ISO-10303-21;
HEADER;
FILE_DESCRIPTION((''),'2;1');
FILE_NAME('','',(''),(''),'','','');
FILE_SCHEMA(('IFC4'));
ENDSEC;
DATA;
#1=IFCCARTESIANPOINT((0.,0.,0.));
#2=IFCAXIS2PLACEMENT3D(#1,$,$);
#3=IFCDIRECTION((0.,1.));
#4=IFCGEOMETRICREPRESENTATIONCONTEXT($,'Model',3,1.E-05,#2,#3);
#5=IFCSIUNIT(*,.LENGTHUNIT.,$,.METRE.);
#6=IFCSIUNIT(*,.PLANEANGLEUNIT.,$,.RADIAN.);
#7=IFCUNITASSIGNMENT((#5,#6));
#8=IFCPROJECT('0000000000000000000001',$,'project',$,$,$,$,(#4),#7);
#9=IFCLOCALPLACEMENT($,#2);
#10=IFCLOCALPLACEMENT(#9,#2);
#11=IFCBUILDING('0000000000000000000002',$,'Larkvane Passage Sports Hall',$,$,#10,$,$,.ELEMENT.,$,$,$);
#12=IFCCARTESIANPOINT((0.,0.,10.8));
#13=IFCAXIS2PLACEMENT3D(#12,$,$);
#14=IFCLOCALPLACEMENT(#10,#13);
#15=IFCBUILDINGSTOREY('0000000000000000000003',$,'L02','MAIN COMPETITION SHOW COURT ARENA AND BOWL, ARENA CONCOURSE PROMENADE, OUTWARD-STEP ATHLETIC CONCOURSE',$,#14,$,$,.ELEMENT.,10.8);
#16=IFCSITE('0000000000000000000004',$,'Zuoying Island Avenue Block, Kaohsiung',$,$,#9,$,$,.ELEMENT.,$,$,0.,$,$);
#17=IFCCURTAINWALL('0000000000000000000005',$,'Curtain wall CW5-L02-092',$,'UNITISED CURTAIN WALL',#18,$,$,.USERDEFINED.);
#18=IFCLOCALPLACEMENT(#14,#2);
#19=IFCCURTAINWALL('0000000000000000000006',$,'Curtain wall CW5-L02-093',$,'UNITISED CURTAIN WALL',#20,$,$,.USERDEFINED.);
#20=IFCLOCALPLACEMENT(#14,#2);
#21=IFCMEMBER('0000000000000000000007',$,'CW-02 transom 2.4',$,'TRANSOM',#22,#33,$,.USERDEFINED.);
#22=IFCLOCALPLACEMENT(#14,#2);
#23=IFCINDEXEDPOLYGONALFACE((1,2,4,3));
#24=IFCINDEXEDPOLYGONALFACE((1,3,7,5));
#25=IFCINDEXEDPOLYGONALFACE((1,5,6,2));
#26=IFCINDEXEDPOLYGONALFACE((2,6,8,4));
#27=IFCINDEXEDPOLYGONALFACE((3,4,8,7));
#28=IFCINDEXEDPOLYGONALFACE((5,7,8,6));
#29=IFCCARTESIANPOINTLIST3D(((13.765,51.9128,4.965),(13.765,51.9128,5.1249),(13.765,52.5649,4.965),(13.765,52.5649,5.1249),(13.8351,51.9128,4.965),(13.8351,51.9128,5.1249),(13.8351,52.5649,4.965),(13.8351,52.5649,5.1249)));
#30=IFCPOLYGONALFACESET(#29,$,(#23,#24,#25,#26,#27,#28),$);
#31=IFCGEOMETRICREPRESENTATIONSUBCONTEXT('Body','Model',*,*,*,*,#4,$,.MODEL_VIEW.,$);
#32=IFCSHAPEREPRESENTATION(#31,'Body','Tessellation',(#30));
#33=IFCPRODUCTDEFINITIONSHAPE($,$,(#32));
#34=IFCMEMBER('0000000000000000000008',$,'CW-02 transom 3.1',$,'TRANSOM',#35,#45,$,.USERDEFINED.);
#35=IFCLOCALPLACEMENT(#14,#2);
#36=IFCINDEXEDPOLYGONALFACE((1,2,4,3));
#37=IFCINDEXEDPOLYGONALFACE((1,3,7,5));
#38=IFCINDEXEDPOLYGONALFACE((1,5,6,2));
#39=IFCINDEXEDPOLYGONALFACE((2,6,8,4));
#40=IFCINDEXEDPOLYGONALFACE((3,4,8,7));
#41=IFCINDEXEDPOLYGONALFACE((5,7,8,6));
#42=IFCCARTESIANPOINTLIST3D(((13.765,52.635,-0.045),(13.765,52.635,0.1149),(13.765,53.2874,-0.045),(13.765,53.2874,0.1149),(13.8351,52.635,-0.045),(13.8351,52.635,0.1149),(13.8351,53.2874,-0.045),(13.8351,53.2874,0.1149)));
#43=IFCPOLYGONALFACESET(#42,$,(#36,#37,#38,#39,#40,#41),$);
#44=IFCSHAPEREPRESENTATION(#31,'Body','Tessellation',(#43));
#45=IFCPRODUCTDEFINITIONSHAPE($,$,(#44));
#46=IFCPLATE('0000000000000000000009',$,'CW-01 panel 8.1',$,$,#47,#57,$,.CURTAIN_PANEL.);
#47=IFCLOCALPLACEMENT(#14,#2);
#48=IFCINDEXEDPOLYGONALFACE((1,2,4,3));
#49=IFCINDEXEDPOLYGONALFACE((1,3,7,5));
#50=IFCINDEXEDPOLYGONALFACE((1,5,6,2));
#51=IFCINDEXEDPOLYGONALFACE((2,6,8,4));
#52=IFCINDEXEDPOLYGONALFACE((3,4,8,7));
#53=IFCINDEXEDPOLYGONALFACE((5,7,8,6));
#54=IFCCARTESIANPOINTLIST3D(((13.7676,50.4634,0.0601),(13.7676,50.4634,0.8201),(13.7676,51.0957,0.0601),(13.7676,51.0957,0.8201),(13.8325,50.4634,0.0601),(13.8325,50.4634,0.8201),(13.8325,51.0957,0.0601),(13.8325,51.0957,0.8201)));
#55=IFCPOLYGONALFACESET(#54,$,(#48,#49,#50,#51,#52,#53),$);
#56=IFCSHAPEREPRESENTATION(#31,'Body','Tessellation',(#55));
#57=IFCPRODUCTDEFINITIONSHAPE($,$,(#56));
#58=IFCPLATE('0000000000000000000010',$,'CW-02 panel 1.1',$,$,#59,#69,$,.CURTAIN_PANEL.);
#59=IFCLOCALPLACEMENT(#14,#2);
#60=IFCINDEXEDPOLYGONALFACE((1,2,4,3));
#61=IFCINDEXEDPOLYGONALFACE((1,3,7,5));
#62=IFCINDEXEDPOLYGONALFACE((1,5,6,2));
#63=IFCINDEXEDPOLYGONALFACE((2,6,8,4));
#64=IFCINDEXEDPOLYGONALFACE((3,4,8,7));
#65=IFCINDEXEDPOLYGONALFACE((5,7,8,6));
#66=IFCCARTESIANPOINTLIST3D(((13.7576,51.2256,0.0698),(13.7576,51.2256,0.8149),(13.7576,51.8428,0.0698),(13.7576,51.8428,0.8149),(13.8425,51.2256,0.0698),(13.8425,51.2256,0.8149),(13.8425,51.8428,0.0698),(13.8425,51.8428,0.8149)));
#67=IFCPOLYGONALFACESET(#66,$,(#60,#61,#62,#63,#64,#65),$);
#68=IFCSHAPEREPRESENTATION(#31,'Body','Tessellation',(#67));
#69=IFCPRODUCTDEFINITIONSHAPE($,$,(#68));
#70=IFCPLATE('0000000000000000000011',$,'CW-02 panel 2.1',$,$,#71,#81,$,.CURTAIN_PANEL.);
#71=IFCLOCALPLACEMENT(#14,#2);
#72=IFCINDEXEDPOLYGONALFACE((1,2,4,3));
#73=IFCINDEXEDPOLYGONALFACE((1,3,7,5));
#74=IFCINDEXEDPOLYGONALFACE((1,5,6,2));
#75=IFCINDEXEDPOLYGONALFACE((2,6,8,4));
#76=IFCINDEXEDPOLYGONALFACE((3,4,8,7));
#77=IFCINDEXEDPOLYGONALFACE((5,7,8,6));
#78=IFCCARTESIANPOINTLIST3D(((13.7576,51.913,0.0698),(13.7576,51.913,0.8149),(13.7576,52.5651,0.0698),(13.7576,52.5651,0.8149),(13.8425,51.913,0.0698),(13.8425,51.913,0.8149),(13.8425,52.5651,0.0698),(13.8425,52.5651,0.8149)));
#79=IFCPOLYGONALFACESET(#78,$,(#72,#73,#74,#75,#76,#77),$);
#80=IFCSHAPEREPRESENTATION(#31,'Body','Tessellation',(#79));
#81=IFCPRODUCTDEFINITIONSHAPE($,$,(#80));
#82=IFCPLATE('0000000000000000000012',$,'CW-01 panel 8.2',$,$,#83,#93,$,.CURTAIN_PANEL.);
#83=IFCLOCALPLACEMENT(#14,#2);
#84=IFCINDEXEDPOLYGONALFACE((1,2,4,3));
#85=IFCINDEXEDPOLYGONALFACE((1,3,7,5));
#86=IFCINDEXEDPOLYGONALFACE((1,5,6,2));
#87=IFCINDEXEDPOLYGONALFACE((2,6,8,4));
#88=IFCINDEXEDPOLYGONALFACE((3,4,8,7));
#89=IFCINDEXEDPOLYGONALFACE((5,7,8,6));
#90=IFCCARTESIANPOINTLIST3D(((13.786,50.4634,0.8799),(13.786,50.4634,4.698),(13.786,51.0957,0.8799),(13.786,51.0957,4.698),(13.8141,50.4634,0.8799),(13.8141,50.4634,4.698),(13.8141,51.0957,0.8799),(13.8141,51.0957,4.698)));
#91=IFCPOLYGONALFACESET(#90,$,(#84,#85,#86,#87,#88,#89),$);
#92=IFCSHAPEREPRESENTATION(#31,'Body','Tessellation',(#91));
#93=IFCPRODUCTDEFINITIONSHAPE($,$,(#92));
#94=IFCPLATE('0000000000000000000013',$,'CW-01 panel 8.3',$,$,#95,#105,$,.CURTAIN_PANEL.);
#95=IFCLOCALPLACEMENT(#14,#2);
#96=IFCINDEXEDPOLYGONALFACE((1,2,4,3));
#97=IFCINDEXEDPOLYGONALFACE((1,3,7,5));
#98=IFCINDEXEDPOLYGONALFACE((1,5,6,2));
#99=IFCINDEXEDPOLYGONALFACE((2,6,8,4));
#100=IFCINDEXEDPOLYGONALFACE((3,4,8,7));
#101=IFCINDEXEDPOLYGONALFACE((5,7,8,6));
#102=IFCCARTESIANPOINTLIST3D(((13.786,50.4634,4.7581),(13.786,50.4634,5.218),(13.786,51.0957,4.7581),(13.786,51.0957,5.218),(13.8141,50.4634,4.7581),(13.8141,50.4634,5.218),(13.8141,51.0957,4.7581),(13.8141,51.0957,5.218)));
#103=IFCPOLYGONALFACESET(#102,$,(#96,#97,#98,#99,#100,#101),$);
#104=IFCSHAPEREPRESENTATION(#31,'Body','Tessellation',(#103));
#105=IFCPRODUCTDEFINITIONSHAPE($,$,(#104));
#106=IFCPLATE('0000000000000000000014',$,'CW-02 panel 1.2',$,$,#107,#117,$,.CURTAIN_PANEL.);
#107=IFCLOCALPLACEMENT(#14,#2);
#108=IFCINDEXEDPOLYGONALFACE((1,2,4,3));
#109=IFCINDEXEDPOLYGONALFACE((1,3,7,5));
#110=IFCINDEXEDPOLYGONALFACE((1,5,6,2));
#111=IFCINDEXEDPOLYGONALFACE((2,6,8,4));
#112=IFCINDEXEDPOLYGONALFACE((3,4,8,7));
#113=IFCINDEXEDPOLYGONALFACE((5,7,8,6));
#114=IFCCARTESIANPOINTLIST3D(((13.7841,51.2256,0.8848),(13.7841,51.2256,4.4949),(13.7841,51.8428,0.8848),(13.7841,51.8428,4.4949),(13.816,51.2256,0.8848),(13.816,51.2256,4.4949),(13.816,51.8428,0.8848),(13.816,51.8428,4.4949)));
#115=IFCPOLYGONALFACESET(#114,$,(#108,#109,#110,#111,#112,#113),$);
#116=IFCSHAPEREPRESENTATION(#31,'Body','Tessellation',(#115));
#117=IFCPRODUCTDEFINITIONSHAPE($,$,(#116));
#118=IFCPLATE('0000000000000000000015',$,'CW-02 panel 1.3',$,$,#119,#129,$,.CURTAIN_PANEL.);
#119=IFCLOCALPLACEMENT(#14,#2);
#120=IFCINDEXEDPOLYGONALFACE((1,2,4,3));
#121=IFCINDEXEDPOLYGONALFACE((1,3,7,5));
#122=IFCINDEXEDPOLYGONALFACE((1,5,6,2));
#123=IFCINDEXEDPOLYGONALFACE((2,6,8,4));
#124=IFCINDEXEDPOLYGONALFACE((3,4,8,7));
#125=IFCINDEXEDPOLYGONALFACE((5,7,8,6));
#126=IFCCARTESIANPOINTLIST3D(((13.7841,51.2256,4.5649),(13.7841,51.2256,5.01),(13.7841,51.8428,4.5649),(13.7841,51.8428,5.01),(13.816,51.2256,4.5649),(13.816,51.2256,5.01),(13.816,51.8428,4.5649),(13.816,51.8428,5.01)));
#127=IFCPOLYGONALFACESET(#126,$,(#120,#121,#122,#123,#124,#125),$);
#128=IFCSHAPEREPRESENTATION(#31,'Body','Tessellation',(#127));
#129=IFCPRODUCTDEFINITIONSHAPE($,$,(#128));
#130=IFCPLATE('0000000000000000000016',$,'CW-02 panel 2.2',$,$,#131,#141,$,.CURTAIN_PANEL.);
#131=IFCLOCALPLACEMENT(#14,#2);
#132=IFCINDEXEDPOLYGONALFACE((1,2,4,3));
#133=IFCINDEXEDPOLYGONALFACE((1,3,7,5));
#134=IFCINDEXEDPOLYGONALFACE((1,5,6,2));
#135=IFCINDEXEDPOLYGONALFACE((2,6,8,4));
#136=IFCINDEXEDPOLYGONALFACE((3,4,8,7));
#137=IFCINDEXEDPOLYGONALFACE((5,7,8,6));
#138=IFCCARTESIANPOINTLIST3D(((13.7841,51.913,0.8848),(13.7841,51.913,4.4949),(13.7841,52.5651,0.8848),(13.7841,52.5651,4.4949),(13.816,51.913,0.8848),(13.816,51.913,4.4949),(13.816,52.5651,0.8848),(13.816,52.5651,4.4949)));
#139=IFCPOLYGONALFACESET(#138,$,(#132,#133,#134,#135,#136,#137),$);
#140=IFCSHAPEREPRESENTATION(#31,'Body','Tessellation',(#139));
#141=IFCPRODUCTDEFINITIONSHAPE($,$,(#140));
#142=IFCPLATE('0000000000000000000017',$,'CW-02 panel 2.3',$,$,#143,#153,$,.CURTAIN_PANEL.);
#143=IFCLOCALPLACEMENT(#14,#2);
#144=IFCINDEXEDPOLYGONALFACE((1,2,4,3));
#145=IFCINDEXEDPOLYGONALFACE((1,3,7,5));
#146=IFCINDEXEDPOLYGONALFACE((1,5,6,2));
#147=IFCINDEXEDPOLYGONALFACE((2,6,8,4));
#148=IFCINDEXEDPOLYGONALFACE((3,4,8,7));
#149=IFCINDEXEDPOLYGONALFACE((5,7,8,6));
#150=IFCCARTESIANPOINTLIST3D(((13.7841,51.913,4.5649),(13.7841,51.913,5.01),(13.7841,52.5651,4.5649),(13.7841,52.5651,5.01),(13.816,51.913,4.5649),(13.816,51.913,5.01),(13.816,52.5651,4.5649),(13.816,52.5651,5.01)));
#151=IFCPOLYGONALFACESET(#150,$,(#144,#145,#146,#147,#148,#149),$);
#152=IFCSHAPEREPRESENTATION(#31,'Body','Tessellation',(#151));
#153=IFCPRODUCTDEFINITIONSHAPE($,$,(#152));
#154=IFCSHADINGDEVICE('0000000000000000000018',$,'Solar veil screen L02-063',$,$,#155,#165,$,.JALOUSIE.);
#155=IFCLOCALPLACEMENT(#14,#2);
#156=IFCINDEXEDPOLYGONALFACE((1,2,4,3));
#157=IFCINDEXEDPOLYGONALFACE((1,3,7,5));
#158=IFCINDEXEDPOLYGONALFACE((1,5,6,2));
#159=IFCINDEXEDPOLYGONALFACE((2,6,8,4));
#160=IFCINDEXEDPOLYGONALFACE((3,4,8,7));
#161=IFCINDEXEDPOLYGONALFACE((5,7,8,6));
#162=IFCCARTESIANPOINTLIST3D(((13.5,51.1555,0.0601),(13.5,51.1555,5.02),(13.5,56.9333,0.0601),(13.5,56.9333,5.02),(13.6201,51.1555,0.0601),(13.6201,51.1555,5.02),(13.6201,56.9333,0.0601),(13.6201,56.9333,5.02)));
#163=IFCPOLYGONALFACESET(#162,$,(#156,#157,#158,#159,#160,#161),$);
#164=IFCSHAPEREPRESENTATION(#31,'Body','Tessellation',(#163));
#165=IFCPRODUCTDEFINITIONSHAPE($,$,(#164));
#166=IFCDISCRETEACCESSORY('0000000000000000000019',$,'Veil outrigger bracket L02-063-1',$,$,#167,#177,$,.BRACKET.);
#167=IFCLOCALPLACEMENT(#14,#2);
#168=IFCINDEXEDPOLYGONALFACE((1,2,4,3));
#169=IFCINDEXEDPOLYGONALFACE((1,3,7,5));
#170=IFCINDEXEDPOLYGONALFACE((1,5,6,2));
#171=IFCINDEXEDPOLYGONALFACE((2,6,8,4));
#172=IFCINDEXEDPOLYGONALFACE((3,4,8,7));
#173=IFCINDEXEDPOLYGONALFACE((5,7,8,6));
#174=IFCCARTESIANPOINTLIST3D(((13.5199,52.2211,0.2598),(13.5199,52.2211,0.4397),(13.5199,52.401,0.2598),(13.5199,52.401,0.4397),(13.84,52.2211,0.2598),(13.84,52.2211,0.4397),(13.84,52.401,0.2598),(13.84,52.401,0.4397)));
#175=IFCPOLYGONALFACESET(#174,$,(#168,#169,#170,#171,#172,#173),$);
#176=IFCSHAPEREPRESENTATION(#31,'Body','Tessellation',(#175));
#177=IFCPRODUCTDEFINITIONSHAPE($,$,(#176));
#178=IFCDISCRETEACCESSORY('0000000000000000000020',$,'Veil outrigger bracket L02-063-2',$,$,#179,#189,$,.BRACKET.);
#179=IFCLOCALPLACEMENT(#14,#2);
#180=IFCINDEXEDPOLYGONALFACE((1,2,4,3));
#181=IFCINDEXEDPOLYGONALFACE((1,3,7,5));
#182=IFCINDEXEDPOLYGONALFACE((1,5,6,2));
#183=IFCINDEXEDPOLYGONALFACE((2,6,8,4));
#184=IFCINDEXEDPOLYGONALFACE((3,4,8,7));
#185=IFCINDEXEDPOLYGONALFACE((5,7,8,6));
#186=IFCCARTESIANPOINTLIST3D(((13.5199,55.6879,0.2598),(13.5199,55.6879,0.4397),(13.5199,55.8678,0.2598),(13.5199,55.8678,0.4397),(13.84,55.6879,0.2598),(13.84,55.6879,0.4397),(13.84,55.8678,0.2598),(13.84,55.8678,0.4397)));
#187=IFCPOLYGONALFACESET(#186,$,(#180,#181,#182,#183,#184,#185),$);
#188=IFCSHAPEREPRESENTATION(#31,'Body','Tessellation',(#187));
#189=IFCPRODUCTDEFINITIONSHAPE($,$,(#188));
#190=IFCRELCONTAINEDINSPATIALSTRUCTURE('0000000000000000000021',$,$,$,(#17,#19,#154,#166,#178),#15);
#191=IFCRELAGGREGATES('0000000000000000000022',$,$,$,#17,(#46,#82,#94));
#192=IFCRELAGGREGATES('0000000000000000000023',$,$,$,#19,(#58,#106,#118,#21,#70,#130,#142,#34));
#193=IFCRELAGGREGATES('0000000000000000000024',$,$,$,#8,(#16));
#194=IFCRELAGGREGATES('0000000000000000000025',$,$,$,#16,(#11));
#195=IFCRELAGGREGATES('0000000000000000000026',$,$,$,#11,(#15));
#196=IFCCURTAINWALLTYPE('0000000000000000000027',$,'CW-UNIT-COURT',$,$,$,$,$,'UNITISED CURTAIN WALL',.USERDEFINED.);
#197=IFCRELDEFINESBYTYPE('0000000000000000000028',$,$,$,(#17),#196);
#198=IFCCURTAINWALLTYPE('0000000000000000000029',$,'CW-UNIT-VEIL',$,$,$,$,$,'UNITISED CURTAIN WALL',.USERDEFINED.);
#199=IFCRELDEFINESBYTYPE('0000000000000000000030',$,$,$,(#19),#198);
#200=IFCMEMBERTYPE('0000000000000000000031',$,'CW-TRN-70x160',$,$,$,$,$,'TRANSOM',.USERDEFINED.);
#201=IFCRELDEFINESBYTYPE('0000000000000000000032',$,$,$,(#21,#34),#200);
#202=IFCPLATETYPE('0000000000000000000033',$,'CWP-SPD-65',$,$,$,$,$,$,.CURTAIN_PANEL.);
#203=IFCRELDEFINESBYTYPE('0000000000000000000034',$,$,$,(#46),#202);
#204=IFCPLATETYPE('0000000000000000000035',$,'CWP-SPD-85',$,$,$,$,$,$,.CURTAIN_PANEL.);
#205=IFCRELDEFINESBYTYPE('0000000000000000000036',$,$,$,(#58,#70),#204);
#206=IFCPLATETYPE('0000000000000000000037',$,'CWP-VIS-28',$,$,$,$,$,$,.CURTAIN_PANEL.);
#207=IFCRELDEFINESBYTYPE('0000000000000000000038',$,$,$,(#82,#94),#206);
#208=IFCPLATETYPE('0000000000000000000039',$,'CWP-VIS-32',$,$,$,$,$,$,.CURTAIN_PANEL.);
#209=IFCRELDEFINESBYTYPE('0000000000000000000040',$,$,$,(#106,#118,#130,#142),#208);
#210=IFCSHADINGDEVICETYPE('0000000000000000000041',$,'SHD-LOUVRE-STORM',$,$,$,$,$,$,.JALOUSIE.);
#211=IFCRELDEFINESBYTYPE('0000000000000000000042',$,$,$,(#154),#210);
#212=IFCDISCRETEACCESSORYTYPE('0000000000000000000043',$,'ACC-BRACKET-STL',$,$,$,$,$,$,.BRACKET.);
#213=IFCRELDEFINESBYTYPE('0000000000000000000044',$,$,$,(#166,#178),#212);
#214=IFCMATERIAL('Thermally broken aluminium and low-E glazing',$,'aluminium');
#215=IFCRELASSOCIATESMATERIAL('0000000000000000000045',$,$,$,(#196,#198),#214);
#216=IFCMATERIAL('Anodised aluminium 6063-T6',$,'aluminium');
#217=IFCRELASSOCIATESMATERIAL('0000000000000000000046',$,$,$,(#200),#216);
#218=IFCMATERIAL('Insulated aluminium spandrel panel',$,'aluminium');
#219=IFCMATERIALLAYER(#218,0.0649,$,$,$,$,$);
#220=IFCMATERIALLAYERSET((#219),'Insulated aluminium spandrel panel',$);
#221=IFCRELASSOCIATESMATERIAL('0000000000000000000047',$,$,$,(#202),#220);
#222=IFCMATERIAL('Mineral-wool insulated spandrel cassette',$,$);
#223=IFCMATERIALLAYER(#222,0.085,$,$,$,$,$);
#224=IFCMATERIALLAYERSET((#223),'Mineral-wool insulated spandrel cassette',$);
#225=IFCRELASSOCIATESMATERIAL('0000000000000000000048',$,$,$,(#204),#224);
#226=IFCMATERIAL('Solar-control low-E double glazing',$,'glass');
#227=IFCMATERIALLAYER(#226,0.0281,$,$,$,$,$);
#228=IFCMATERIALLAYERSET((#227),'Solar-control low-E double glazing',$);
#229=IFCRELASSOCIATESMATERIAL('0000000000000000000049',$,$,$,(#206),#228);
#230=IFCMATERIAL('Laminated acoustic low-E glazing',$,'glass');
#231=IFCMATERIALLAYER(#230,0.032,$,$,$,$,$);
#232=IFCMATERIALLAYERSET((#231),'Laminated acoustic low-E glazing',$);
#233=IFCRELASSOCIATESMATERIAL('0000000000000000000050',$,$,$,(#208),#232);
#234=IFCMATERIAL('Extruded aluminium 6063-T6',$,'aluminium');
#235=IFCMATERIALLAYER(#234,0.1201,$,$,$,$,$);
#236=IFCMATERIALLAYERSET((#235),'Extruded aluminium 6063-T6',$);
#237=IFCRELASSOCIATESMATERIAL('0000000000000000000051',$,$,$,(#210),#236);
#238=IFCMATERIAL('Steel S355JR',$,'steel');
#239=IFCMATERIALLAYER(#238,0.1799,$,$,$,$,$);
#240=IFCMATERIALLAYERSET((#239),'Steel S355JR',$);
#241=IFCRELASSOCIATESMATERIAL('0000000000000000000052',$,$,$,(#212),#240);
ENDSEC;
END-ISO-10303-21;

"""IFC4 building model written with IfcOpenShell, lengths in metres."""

from ifc_helpers import new_model, si_unit, direction, frame, origin, origin_2d, place, context, subcontext, project, spatial, rectangle, extrude, material, layer, layer_set, material_profile, profile_set, type_object, element, aggregate, save


model = new_model("IFC4")

# Units and contexts
model_context = context("Model", 3, precision=1e-05, world=origin(), true_north=direction((0.0, 1.0)))
body_context = subcontext(model_context, "Body", "Model", "MODEL_VIEW")
ifc_project = project(units=[si_unit("LENGTHUNIT", "METRE"), si_unit("PLANEANGLEUNIT", "RADIAN")], contexts=[model_context])

# Site, building, storey
site_placement = place(None, origin())
site = spatial("IfcSite", under=ifc_project, at=site_placement, Name="Zuoying Island Avenue Block, Kaohsiung", CompositionType="ELEMENT", RefElevation=0.0)
building_placement = place(site_placement, origin())
building = spatial("IfcBuilding", under=site, at=building_placement, Name="Larkvane Passage Sports Hall", CompositionType="ELEMENT")
storey_placement = place(building_placement, frame((0.0, 0.0, 10.8)))
storey = spatial("IfcBuildingStorey", under=building, at=storey_placement, Name="L02", Description="MAIN COMPETITION SHOW COURT ARENA AND BOWL, ARENA CONCOURSE PROMENADE, OUTWARD-STEP ATHLETIC CONCOURSE", CompositionType="ELEMENT", Elevation=10.8)

# Curtain wall
ifc_material_1 = material(Name="Thermally broken aluminium and low-E glazing", Category="aluminium")
curtain_wall_type_1 = type_object("IfcCurtainWallType", Name="CW-UNIT-COURT", ElementType="UNITISED CURTAIN WALL", PredefinedType="USERDEFINED", material=ifc_material_1)
curtain_wall_1_placement = place(storey_placement, origin())
curtain_wall_1 = element("IfcCurtainWall", 1, at=curtain_wall_1_placement, inside=storey, type_object=curtain_wall_type_1, Name="Curtain wall CW5-L02-092", ObjectType="UNITISED CURTAIN WALL", PredefinedType="USERDEFINED")
ifc_material_2 = material(Name="Anodised aluminium 6063-T6", Category="aluminium")

# Curtain wall
curtain_wall_type_2 = type_object("IfcCurtainWallType", Name="CW-UNIT-VEIL", ElementType="UNITISED CURTAIN WALL", PredefinedType="USERDEFINED", material=ifc_material_1)
curtain_wall_2_placement = place(storey_placement, origin())
curtain_wall_2 = element("IfcCurtainWall", 2, at=curtain_wall_2_placement, inside=storey, type_object=curtain_wall_type_2, Name="Curtain wall CW5-L02-093", ObjectType="UNITISED CURTAIN WALL", PredefinedType="USERDEFINED")

# Members
ifc_material_profile_1 = material_profile(ifc_material_2, rectangle(XDim=0.0701, YDim=0.1599, at=origin_2d()), Name="ALU-TRN-70x160")
ifc_profile_set_1 = profile_set([ifc_material_profile_1], Name="Anodised aluminium 6063-T6")
member_type_1 = type_object("IfcMemberType", Name="CW-TRN-70x160", ElementType="TRANSOM", PredefinedType="USERDEFINED", material=ifc_profile_set_1)
member_1_placement = place(storey_placement, frame((13.8, 51.9128, 5.0449), z_axis=(0.0, 1.0, 0.0), x_axis=(-1.0, 0.0, 0.0)))
member_1 = element("IfcMember", 3, at=member_1_placement, type_object=member_type_1, Name="CW-02 transom 2.4", ObjectType="TRANSOM", PredefinedType="USERDEFINED", context=body_context, shape_type="SweptSolid", body=[
    extrude(rectangle(XDim=0.0701, YDim=0.1599, at=origin_2d()), origin(), (0.0, 0.0, 1.0), 0.6521),
])
member_2_placement = place(storey_placement, frame((13.8, 52.635, 0.0349), z_axis=(0.0, 1.0, 0.0), x_axis=(-1.0, 0.0, 0.0)))
member_2 = element("IfcMember", 4, at=member_2_placement, type_object=member_type_1, Name="CW-02 transom 3.1", ObjectType="TRANSOM", PredefinedType="USERDEFINED", context=body_context, shape_type="SweptSolid", body=[
    extrude(rectangle(XDim=0.0701, YDim=0.1599, at=origin_2d()), origin(), (0.0, 0.0, 1.0), 0.6523),
])

# Plates
ifc_material_3 = material(Name="Insulated aluminium spandrel panel", Category="aluminium")
ifc_layer_1 = layer(ifc_material_3, 0.0649)
ifc_layer_set_1 = layer_set([ifc_layer_1], Name="Insulated aluminium spandrel panel")
plate_type_1 = type_object("IfcPlateType", Name="CWP-SPD-65", PredefinedType="CURTAIN_PANEL", material=ifc_layer_set_1)
plate_1_placement = place(storey_placement, frame((13.8, 50.7795, 0.0601), z_axis=(0.0, 0.0, 1.0), x_axis=(0.0, 1.0, 0.0)))
plate_1 = element("IfcPlate", 5, at=plate_1_placement, type_object=plate_type_1, Name="CW-01 panel 8.1", PredefinedType="CURTAIN_PANEL", context=body_context, shape_type="SweptSolid", body=[
    extrude(rectangle(XDim=0.6323, YDim=0.0649, at=origin_2d()), origin(), (0.0, 0.0, 1.0), 0.76),
])
ifc_material_4 = material(Name="Mineral-wool insulated spandrel cassette")
ifc_layer_2 = layer(ifc_material_4, 0.085)
ifc_layer_set_2 = layer_set([ifc_layer_2], Name="Mineral-wool insulated spandrel cassette")
plate_type_2 = type_object("IfcPlateType", Name="CWP-SPD-85", PredefinedType="CURTAIN_PANEL", material=ifc_layer_set_2)
plate_2_placement = place(storey_placement, frame((13.8, 51.5342, 0.0698), z_axis=(0.0, 0.0, 1.0), x_axis=(0.0, 1.0, 0.0)))
plate_2 = element("IfcPlate", 6, at=plate_2_placement, type_object=plate_type_2, Name="CW-02 panel 1.1", PredefinedType="CURTAIN_PANEL", context=body_context, shape_type="SweptSolid", body=[
    extrude(rectangle(XDim=0.6172, YDim=0.085, at=origin_2d()), origin(), (0.0, 0.0, 1.0), 0.7451),
])
plate_3_placement = place(storey_placement, frame((13.8, 52.239, 0.0698), z_axis=(0.0, 0.0, 1.0), x_axis=(0.0, 1.0, 0.0)))
plate_3 = element("IfcPlate", 7, at=plate_3_placement, type_object=plate_type_2, Name="CW-02 panel 2.1", PredefinedType="CURTAIN_PANEL", context=body_context, shape_type="SweptSolid", body=[
    extrude(rectangle(XDim=0.6521, YDim=0.085, at=origin_2d()), origin(), (0.0, 0.0, 1.0), 0.7451),
])
ifc_material_5 = material(Name="Solar-control low-E double glazing", Category="glass")
ifc_layer_3 = layer(ifc_material_5, 0.0281)
ifc_layer_set_3 = layer_set([ifc_layer_3], Name="Solar-control low-E double glazing")
plate_type_3 = type_object("IfcPlateType", Name="CWP-VIS-28", PredefinedType="CURTAIN_PANEL", material=ifc_layer_set_3)
plate_4_placement = place(storey_placement, frame((13.8, 50.7795, 0.8799), z_axis=(0.0, 0.0, 1.0), x_axis=(0.0, 1.0, 0.0)))
plate_4 = element("IfcPlate", 8, at=plate_4_placement, type_object=plate_type_3, Name="CW-01 panel 8.2", PredefinedType="CURTAIN_PANEL", context=body_context, shape_type="SweptSolid", body=[
    extrude(rectangle(XDim=0.6323, YDim=0.0281, at=origin_2d()), origin(), (0.0, 0.0, 1.0), 3.8181),
])
plate_5_placement = place(storey_placement, frame((13.8, 50.7795, 4.7581), z_axis=(0.0, 0.0, 1.0), x_axis=(0.0, 1.0, 0.0)))
plate_5 = element("IfcPlate", 9, at=plate_5_placement, type_object=plate_type_3, Name="CW-01 panel 8.3", PredefinedType="CURTAIN_PANEL", context=body_context, shape_type="SweptSolid", body=[
    extrude(rectangle(XDim=0.6323, YDim=0.0281, at=origin_2d()), origin(), (0.0, 0.0, 1.0), 0.46),
])
aggregate(curtain_wall_1, [plate_1, plate_4, plate_5])
ifc_material_6 = material(Name="Laminated acoustic low-E glazing", Category="glass")
ifc_layer_4 = layer(ifc_material_6, 0.032)
ifc_layer_set_4 = layer_set([ifc_layer_4], Name="Laminated acoustic low-E glazing")
plate_type_4 = type_object("IfcPlateType", Name="CWP-VIS-32", PredefinedType="CURTAIN_PANEL", material=ifc_layer_set_4)
plate_6_placement = place(storey_placement, frame((13.8, 51.5342, 0.8848), z_axis=(0.0, 0.0, 1.0), x_axis=(0.0, 1.0, 0.0)))
plate_6 = element("IfcPlate", 10, at=plate_6_placement, type_object=plate_type_4, Name="CW-02 panel 1.2", PredefinedType="CURTAIN_PANEL", context=body_context, shape_type="SweptSolid", body=[
    extrude(rectangle(XDim=0.6172, YDim=0.032, at=origin_2d()), origin(), (0.0, 0.0, 1.0), 3.6101),
])
plate_7_placement = place(storey_placement, frame((13.8, 51.5342, 4.5649), z_axis=(0.0, 0.0, 1.0), x_axis=(0.0, 1.0, 0.0)))
plate_7 = element("IfcPlate", 11, at=plate_7_placement, type_object=plate_type_4, Name="CW-02 panel 1.3", PredefinedType="CURTAIN_PANEL", context=body_context, shape_type="SweptSolid", body=[
    extrude(rectangle(XDim=0.6172, YDim=0.032, at=origin_2d()), origin(), (0.0, 0.0, 1.0), 0.4451),
])
plate_8_placement = place(storey_placement, frame((13.8, 52.239, 0.8848), z_axis=(0.0, 0.0, 1.0), x_axis=(0.0, 1.0, 0.0)))
plate_8 = element("IfcPlate", 12, at=plate_8_placement, type_object=plate_type_4, Name="CW-02 panel 2.2", PredefinedType="CURTAIN_PANEL", context=body_context, shape_type="SweptSolid", body=[
    extrude(rectangle(XDim=0.6521, YDim=0.032, at=origin_2d()), origin(), (0.0, 0.0, 1.0), 3.6101),
])
plate_9_placement = place(storey_placement, frame((13.8, 52.239, 4.5649), z_axis=(0.0, 0.0, 1.0), x_axis=(0.0, 1.0, 0.0)))
plate_9 = element("IfcPlate", 13, at=plate_9_placement, type_object=plate_type_4, Name="CW-02 panel 2.3", PredefinedType="CURTAIN_PANEL", context=body_context, shape_type="SweptSolid", body=[
    extrude(rectangle(XDim=0.6521, YDim=0.032, at=origin_2d()), origin(), (0.0, 0.0, 1.0), 0.4451),
])
aggregate(curtain_wall_2, [plate_2, plate_6, plate_7, member_1, plate_3, plate_8, plate_9, member_2])

# Shading device
ifc_material_7 = material(Name="Extruded aluminium 6063-T6", Category="aluminium")
ifc_layer_5 = layer(ifc_material_7, 0.1201)
ifc_layer_set_5 = layer_set([ifc_layer_5], Name="Extruded aluminium 6063-T6")
shading_device_type = type_object("IfcShadingDeviceType", Name="SHD-LOUVRE-STORM", PredefinedType="JALOUSIE", material=ifc_layer_set_5)
shading_device_placement = place(storey_placement, frame((13.5601, 54.0444, 0.0601), z_axis=(0.0, 0.0, 1.0), x_axis=(0.0, 1.0, 0.0)))
element("IfcShadingDevice", 14, at=shading_device_placement, inside=storey, type_object=shading_device_type, Name="Solar veil screen L02-063", PredefinedType="JALOUSIE", context=body_context, shape_type="SweptSolid", body=[
    extrude(rectangle(XDim=5.7778, YDim=0.1201, at=origin_2d()), origin(), (0.0, 0.0, 1.0), 4.96),
])

# Discrete accessories
ifc_material_8 = material(Name="Steel S355JR", Category="steel")
ifc_layer_6 = layer(ifc_material_8, 0.1799)
ifc_layer_set_6 = layer_set([ifc_layer_6], Name="Steel S355JR")
discrete_accessory_type = type_object("IfcDiscreteAccessoryType", Name="ACC-BRACKET-STL", PredefinedType="BRACKET", material=ifc_layer_set_6)
for number, where, z_axis, x_axis, name in (
    (15, (13.6799, 52.311, 0.2598), (0.0, 0.0, 1.0), (0.0, 1.0, 0.0), "Veil outrigger bracket L02-063-1"),
    (16, (13.6799, 55.7778, 0.2598), (0.0, 0.0, 1.0), (0.0, 1.0, 0.0), "Veil outrigger bracket L02-063-2"),
):
    element("IfcDiscreteAccessory", number, at=place(storey_placement, frame(where, z_axis=z_axis, x_axis=x_axis)), inside=storey, type_object=discrete_accessory_type, Name=name, PredefinedType="BRACKET", context=body_context, shape_type="SweptSolid", body=[
        extrude(rectangle(XDim=0.1799, YDim=0.3201, at=origin_2d()), origin(), (0.0, 0.0, 1.0), 0.1799),
    ])

save(model, "model.ifc")
